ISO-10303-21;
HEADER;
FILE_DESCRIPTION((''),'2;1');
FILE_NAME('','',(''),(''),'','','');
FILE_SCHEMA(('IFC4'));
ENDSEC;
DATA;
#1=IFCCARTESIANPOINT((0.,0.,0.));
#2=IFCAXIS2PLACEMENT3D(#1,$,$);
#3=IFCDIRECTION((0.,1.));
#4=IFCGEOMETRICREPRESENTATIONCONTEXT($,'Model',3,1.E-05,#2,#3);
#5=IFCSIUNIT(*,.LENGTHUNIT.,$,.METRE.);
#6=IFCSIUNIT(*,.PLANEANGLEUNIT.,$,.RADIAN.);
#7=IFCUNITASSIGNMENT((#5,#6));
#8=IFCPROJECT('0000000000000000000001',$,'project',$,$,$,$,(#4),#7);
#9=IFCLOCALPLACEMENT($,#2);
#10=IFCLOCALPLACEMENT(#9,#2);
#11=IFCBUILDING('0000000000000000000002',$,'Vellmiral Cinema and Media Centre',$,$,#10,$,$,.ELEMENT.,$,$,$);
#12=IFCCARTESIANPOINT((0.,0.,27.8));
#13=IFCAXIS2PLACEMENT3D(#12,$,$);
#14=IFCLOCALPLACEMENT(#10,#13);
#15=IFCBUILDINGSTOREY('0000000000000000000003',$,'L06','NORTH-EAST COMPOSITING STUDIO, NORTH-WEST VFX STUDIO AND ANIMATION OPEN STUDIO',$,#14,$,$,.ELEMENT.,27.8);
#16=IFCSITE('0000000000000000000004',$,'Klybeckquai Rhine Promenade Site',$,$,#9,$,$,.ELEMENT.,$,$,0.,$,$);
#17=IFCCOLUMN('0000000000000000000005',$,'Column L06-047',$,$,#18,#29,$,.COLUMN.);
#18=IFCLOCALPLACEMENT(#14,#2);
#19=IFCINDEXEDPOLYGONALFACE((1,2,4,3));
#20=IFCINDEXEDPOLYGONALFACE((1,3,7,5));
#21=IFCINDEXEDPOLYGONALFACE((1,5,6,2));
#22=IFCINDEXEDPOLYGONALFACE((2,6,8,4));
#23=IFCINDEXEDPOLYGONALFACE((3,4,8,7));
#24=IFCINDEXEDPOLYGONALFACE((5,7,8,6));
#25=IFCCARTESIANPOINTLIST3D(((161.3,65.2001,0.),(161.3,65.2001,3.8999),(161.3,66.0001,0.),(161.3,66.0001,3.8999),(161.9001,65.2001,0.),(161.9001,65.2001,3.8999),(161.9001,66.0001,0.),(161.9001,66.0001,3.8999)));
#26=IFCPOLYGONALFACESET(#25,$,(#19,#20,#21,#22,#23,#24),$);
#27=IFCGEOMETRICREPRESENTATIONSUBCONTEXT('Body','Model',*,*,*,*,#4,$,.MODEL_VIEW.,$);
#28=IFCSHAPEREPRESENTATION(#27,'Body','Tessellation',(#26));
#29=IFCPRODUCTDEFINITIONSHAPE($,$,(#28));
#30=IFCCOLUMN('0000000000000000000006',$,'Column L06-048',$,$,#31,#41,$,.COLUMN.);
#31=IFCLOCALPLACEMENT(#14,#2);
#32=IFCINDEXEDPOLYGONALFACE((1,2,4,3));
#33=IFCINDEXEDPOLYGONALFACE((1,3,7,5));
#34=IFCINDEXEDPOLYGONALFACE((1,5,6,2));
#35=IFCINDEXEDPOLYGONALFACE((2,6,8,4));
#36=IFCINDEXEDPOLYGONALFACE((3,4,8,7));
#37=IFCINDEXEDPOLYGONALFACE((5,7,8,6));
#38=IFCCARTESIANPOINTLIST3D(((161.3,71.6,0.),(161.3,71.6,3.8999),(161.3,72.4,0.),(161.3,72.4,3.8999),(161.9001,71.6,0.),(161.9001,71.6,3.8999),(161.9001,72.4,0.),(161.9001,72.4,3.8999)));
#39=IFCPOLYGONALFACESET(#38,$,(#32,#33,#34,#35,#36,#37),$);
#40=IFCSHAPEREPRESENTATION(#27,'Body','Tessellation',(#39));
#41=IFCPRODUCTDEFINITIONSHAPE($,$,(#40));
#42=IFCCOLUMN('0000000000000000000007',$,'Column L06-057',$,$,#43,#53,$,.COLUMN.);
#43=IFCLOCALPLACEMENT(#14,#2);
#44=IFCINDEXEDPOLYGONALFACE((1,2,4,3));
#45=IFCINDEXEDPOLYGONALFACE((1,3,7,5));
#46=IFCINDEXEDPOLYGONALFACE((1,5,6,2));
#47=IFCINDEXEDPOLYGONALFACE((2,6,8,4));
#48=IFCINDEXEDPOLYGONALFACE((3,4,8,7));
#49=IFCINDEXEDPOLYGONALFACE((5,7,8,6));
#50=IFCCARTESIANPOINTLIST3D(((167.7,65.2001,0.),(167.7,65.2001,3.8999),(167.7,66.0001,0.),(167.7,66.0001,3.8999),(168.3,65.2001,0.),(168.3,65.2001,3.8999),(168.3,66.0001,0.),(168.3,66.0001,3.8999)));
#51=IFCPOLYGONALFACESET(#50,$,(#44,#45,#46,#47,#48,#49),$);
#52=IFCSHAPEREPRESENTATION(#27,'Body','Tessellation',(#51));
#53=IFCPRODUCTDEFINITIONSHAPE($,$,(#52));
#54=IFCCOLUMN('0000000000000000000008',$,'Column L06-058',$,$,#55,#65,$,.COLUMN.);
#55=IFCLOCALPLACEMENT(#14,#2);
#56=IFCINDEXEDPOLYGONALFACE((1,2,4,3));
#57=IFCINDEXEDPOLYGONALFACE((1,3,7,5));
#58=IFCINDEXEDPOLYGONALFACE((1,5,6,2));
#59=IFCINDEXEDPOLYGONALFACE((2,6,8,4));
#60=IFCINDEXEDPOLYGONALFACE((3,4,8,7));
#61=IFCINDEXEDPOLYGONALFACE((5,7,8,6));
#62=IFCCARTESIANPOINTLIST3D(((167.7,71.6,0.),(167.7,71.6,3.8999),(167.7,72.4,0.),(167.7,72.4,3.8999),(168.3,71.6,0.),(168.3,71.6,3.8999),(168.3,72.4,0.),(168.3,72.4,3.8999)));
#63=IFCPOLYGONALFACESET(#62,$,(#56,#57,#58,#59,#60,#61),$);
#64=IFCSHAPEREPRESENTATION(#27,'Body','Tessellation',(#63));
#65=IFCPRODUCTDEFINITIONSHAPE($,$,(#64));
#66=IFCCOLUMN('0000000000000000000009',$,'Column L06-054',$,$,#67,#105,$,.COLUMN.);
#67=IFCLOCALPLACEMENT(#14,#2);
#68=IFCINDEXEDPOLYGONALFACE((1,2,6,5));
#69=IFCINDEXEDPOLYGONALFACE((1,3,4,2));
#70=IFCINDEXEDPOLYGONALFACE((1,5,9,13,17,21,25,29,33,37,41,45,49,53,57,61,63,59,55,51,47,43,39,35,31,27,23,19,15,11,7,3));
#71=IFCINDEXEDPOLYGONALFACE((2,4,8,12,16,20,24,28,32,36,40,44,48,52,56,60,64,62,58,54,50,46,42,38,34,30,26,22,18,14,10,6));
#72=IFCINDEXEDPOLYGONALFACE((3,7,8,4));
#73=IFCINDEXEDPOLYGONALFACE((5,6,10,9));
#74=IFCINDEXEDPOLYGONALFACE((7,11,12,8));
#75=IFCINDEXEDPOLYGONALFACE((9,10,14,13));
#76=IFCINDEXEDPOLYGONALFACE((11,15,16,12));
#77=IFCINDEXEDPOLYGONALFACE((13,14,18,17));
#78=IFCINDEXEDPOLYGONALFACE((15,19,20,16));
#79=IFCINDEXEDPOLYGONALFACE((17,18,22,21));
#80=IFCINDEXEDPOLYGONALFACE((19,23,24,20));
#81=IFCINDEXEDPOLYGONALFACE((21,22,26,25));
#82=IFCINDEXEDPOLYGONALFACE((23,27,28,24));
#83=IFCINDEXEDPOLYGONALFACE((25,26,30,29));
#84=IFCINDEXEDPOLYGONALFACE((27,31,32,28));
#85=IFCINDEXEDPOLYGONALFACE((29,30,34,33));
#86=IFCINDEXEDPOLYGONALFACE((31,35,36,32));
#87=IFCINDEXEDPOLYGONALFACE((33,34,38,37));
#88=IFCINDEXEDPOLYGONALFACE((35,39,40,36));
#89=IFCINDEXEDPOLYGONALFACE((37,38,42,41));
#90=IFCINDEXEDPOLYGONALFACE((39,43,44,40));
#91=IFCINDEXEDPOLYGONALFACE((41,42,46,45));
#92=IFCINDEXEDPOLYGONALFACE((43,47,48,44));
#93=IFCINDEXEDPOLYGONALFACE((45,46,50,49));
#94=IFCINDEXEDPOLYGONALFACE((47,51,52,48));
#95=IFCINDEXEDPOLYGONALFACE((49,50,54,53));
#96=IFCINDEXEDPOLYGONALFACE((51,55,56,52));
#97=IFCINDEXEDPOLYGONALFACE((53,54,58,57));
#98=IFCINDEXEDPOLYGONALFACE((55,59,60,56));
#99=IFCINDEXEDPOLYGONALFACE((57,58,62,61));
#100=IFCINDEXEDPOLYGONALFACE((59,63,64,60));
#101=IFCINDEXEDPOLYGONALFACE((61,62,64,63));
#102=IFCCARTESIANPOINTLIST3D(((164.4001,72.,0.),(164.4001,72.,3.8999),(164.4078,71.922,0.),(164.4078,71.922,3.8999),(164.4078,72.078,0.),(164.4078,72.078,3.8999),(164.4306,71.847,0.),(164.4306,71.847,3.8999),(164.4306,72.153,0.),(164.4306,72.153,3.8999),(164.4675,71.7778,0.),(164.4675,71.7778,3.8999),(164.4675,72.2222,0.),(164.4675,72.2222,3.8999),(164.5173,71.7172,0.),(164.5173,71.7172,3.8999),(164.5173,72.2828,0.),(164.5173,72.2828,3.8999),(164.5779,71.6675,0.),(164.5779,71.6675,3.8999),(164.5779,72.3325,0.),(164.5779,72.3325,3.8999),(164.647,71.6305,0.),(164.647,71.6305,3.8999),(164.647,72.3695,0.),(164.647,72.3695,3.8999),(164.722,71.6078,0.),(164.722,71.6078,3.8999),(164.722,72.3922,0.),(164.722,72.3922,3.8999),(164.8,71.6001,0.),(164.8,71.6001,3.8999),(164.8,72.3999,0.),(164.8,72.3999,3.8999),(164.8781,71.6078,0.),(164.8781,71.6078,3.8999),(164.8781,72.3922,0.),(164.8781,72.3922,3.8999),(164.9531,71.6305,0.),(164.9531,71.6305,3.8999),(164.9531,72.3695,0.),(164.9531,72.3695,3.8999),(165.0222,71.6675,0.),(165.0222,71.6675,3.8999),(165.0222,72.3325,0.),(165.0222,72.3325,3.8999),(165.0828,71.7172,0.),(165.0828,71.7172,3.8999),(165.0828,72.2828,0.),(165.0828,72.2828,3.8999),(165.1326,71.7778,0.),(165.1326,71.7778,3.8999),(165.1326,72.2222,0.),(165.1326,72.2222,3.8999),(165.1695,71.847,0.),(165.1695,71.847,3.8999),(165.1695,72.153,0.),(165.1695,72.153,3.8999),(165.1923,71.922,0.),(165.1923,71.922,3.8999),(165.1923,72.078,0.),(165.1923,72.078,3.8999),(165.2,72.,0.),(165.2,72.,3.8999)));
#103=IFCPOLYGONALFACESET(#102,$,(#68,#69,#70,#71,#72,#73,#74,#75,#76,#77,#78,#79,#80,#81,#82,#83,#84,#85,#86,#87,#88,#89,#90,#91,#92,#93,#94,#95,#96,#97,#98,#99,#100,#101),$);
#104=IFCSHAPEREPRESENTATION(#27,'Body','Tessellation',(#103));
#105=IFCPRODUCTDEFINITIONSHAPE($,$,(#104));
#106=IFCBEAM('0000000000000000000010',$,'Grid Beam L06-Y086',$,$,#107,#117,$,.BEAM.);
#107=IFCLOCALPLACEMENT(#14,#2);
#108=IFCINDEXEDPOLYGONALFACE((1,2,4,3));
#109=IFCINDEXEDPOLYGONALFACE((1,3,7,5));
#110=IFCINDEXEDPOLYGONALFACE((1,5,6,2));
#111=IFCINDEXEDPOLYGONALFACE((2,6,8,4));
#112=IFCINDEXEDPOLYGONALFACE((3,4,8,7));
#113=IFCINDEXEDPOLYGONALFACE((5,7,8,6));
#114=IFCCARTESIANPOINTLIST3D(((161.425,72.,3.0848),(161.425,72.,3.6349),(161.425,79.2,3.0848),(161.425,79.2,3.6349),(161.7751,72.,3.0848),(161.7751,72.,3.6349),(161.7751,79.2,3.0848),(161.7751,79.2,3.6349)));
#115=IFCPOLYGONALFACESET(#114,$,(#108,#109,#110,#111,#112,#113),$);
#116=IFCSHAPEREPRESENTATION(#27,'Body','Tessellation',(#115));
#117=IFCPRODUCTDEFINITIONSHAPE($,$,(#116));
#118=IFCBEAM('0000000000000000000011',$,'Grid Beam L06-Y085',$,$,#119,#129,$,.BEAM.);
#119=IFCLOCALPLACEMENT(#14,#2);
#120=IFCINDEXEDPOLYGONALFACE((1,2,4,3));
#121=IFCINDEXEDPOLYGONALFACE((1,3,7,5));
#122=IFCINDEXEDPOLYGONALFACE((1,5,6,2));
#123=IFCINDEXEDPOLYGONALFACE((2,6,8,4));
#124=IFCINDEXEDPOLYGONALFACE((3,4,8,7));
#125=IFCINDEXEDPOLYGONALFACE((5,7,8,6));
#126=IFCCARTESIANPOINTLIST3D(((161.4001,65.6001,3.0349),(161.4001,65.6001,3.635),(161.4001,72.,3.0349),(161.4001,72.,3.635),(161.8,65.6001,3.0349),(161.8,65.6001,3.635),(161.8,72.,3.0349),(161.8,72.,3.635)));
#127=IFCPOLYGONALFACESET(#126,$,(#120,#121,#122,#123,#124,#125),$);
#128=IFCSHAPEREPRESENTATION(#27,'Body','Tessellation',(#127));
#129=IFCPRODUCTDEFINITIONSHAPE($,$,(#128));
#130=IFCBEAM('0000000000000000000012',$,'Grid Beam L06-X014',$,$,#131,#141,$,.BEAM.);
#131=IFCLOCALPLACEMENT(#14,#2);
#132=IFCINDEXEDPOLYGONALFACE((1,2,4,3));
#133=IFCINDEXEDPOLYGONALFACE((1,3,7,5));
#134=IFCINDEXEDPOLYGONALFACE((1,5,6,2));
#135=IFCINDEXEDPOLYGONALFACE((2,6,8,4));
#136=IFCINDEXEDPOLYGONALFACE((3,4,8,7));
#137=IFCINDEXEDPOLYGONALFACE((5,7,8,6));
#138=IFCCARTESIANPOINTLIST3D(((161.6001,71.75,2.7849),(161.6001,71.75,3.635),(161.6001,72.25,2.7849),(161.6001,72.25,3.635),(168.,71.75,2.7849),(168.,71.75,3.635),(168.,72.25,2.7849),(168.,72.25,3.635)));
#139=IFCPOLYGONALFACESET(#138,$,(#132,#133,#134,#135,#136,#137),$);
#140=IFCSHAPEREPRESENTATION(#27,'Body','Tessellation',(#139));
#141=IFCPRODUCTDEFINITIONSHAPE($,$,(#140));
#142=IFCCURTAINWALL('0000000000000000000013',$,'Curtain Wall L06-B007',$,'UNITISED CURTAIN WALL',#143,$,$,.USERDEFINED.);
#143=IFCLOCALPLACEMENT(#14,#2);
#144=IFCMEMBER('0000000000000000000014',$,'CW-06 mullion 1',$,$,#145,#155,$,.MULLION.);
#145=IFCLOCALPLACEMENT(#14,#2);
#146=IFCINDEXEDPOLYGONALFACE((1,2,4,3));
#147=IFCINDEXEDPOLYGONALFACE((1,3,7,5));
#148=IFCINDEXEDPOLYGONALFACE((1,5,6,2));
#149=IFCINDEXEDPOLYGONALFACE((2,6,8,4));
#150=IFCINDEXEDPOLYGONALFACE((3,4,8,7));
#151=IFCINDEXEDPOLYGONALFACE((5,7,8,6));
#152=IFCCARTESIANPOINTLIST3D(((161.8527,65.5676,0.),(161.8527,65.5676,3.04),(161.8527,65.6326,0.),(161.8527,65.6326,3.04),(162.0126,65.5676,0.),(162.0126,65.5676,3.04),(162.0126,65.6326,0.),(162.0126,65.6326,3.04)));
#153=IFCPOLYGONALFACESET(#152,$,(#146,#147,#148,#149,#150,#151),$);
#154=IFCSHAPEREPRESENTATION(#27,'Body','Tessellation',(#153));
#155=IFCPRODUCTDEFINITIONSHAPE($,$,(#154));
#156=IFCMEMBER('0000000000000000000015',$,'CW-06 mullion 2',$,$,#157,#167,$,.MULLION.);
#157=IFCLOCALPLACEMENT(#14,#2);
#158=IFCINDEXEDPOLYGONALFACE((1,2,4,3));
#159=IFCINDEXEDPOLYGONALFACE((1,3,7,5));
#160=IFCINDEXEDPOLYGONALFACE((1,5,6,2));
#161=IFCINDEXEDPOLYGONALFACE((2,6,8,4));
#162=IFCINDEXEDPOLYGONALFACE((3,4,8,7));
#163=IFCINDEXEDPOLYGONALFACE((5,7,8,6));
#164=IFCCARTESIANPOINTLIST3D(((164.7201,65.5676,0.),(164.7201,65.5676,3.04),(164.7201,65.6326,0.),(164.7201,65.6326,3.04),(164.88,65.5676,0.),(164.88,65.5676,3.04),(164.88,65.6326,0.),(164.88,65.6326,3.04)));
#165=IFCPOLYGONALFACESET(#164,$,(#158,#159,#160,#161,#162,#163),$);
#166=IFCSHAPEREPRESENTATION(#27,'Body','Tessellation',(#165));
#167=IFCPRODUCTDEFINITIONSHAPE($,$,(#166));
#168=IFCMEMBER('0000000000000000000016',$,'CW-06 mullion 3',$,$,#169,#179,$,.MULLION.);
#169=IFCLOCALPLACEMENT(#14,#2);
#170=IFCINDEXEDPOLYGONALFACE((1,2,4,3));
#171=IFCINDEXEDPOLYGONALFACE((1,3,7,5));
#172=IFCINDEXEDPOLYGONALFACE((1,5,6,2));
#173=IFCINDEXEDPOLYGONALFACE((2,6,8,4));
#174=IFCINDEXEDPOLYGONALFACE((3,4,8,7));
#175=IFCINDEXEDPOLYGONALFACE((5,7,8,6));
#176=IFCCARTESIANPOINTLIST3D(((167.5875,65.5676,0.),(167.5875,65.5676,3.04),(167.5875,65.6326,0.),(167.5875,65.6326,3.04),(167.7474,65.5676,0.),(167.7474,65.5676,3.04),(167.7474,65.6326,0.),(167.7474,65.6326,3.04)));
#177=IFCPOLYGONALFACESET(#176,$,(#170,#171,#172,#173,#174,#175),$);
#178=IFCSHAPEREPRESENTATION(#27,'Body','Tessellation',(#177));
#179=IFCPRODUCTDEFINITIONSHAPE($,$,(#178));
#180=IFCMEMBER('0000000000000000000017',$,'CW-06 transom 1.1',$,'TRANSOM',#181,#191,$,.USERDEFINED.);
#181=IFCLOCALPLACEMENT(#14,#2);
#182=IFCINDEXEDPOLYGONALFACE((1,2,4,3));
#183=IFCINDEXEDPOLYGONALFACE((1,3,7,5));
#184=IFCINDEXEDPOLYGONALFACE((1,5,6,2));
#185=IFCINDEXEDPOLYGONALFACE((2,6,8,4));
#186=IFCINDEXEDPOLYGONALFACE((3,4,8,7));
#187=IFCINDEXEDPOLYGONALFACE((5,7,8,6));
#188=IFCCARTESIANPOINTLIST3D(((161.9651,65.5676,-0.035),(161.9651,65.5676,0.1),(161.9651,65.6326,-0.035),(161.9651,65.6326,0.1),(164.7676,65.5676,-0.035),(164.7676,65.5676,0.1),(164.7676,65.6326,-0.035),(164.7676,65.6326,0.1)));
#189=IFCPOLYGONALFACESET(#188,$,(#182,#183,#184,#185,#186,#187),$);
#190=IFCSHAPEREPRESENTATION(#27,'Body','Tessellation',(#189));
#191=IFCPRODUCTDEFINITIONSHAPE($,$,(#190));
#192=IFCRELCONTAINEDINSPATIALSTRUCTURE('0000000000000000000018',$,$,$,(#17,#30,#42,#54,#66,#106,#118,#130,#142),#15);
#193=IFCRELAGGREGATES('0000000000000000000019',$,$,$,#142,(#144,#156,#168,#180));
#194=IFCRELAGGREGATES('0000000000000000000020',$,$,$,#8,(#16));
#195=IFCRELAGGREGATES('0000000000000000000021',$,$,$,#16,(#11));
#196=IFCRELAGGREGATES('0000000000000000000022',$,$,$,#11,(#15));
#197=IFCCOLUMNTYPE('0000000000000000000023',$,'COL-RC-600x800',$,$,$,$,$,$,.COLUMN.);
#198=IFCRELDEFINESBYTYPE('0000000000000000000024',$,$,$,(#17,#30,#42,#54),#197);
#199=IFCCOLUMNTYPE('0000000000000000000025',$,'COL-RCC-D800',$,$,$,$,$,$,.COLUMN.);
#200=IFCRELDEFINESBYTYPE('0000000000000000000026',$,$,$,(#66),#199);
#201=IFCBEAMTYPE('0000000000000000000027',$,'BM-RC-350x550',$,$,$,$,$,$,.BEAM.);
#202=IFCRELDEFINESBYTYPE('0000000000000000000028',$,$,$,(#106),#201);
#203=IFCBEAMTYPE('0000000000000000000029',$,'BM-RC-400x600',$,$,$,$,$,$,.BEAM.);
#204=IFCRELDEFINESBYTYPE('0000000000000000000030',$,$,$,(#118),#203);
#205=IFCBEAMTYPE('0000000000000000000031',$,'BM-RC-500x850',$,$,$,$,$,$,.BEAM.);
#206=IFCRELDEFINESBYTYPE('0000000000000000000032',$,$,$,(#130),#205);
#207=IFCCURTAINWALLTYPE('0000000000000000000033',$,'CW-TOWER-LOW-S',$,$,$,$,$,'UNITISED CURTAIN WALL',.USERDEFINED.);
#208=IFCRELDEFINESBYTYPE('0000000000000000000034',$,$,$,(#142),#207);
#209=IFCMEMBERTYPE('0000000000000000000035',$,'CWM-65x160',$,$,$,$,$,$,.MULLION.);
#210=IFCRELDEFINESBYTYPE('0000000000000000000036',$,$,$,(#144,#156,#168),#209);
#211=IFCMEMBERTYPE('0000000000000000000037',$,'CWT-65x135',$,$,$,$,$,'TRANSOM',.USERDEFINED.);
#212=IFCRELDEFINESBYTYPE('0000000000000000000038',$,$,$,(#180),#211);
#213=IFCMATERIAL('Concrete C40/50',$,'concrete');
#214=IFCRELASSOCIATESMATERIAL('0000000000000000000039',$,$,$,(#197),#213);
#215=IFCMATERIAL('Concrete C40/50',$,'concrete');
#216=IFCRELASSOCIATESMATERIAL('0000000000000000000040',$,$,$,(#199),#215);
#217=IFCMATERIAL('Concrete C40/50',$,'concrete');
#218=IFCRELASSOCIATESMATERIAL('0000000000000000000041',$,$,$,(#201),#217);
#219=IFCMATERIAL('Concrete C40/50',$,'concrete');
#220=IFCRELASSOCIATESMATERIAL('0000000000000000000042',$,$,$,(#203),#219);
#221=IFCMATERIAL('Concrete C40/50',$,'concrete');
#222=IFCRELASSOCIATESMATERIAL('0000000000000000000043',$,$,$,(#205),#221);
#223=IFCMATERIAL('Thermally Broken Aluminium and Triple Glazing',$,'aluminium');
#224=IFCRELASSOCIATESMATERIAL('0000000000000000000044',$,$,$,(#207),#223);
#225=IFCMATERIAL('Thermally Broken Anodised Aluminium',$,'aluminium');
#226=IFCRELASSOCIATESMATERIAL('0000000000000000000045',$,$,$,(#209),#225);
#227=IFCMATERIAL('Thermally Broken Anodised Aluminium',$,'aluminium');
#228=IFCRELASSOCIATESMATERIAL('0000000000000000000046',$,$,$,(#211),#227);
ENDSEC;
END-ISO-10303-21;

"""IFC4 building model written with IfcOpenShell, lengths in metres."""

from ifc_helpers import new_model, si_unit, direction, frame, origin, origin_2d, place, context, subcontext, project, spatial, rectangle, circle, extrude, material, material_profile, profile_set, type_object, element, aggregate, save


model = new_model("IFC4")

# Units and contexts
model_context = context("Model", 3, precision=1e-05, world=origin(), true_north=direction((0.0, 1.0)))
body_context = subcontext(model_context, "Body", "Model", "MODEL_VIEW")
ifc_project = project(units=[si_unit("LENGTHUNIT", "METRE"), si_unit("PLANEANGLEUNIT", "RADIAN")], contexts=[model_context])

# Site, building, storey
site_placement = place(None, origin())
site = spatial("IfcSite", under=ifc_project, at=site_placement, Name="Klybeckquai Rhine Promenade Site", CompositionType="ELEMENT", RefElevation=0.0)
building_placement = place(site_placement, origin())
building = spatial("IfcBuilding", under=site, at=building_placement, Name="Vellmiral Cinema and Media Centre", CompositionType="ELEMENT")
storey_placement = place(building_placement, frame((0.0, 0.0, 27.8)))
storey = spatial("IfcBuildingStorey", under=building, at=storey_placement, Name="L06", Description="NORTH-EAST COMPOSITING STUDIO, NORTH-WEST VFX STUDIO AND ANIMATION OPEN STUDIO", CompositionType="ELEMENT", Elevation=27.8)

# Columns
ifc_material_1 = material(Name="Concrete C40/50", Category="concrete")
ifc_material_profile_1 = material_profile(ifc_material_1, rectangle(XDim=0.6001, YDim=0.8, at=origin_2d()), Name="RC 600x800")
ifc_profile_set_1 = profile_set([ifc_material_profile_1], Name="Concrete C40/50")
column_type_1 = type_object("IfcColumnType", Name="COL-RC-600x800", PredefinedType="COLUMN", material=ifc_profile_set_1)
for number, where, z_axis, x_axis, name in (
    (1, (161.6001, 65.6001, 0.0), (0.0, 0.0, 1.0), (1.0, 0.0, 0.0), "Column L06-047"),
    (2, (161.6001, 72.0, 0.0), (0.0, 0.0, 1.0), (1.0, 0.0, 0.0), "Column L06-048"),
    (3, (168.0, 65.6001, 0.0), (0.0, 0.0, 1.0), (1.0, 0.0, 0.0), "Column L06-057"),
    (4, (168.0, 72.0, 0.0), (0.0, 0.0, 1.0), (1.0, 0.0, 0.0), "Column L06-058"),
):
    element("IfcColumn", number, at=place(storey_placement, frame(where, z_axis=z_axis, x_axis=x_axis)), inside=storey, type_object=column_type_1, Name=name, PredefinedType="COLUMN", context=body_context, shape_type="SweptSolid", body=[
        extrude(rectangle(XDim=0.6001, YDim=0.8, at=origin_2d()), origin(), (0.0, 0.0, 1.0), 3.8999),
    ])
ifc_material_2 = material(Name="Concrete C40/50", Category="concrete")
ifc_material_profile_2 = material_profile(ifc_material_2, circle(Radius=0.3999, at=origin_2d()), Name="RC D800")
ifc_profile_set_2 = profile_set([ifc_material_profile_2], Name="Concrete C40/50")
column_type_2 = type_object("IfcColumnType", Name="COL-RCC-D800", PredefinedType="COLUMN", material=ifc_profile_set_2)
column_placement = place(storey_placement, frame((164.8, 72.0, 0.0), z_axis=(0.0, 0.0, 1.0), x_axis=(1.0, 0.0, 0.0)))
element("IfcColumn", 5, at=column_placement, inside=storey, type_object=column_type_2, Name="Column L06-054", PredefinedType="COLUMN", context=body_context, shape_type="SweptSolid", body=[
    extrude(circle(Radius=0.3999, at=origin_2d()), origin(), (0.0, 0.0, 1.0), 3.8999),
])

# Beams
ifc_material_3 = material(Name="Concrete C40/50", Category="concrete")
ifc_material_profile_3 = material_profile(ifc_material_3, rectangle(XDim=0.3501, YDim=0.55, at=origin_2d()), Name="RC 350x550")
ifc_profile_set_3 = profile_set([ifc_material_profile_3], Name="Concrete C40/50")
beam_type_1 = type_object("IfcBeamType", Name="BM-RC-350x550", PredefinedType="BEAM", material=ifc_profile_set_3)
beam_1_placement = place(storey_placement, frame((161.6001, 72.0, 3.3599), z_axis=(0.0, 1.0, 0.0), x_axis=(-1.0, 0.0, 0.0)))
element("IfcBeam", 6, at=beam_1_placement, inside=storey, type_object=beam_type_1, Name="Grid Beam L06-Y086", PredefinedType="BEAM", context=body_context, shape_type="SweptSolid", body=[
    extrude(rectangle(XDim=0.3501, YDim=0.55, at=origin_2d()), origin(), (0.0, 0.0, 1.0), 7.2),
])
ifc_material_4 = material(Name="Concrete C40/50", Category="concrete")
ifc_material_profile_4 = material_profile(ifc_material_4, rectangle(XDim=0.3999, YDim=0.6001, at=origin_2d()), Name="RC 400x600")
ifc_profile_set_4 = profile_set([ifc_material_profile_4], Name="Concrete C40/50")
beam_type_2 = type_object("IfcBeamType", Name="BM-RC-400x600", PredefinedType="BEAM", material=ifc_profile_set_4)
beam_2_placement = place(storey_placement, frame((161.6001, 65.6001, 3.335), z_axis=(0.0, 1.0, 0.0), x_axis=(-1.0, 0.0, 0.0)))
element("IfcBeam", 7, at=beam_2_placement, inside=storey, type_object=beam_type_2, Name="Grid Beam L06-Y085", PredefinedType="BEAM", context=body_context, shape_type="SweptSolid", body=[
    extrude(rectangle(XDim=0.3999, YDim=0.6001, at=origin_2d()), origin(), (0.0, 0.0, 1.0), 6.3999),
])
ifc_material_5 = material(Name="Concrete C40/50", Category="concrete")
ifc_material_profile_5 = material_profile(ifc_material_5, rectangle(XDim=0.5, YDim=0.8501, at=origin_2d()), Name="RC 500x850")
ifc_profile_set_5 = profile_set([ifc_material_profile_5], Name="Concrete C40/50")
beam_type_3 = type_object("IfcBeamType", Name="BM-RC-500x850", PredefinedType="BEAM", material=ifc_profile_set_5)
beam_3_placement = place(storey_placement, frame((161.6001, 72.0, 3.21), z_axis=(1.0, 0.0, 0.0), x_axis=(0.0, 1.0, 0.0)))
element("IfcBeam", 8, at=beam_3_placement, inside=storey, type_object=beam_type_3, Name="Grid Beam L06-X014", PredefinedType="BEAM", context=body_context, shape_type="SweptSolid", body=[
    extrude(rectangle(XDim=0.5, YDim=0.8501, at=origin_2d()), origin(), (0.0, 0.0, 1.0), 6.3999),
])

# Curtain wall, members
ifc_material_6 = material(Name="Thermally Broken Aluminium and Triple Glazing", Category="aluminium")
curtain_wall_type = type_object("IfcCurtainWallType", Name="CW-TOWER-LOW-S", ElementType="UNITISED CURTAIN WALL", PredefinedType="USERDEFINED", material=ifc_material_6)
curtain_wall_placement = place(storey_placement, origin())
curtain_wall = element("IfcCurtainWall", 9, at=curtain_wall_placement, inside=storey, type_object=curtain_wall_type, Name="Curtain Wall L06-B007", ObjectType="UNITISED CURTAIN WALL", PredefinedType="USERDEFINED")
ifc_material_7 = material(Name="Thermally Broken Anodised Aluminium", Category="aluminium")
ifc_material_profile_6 = material_profile(ifc_material_7, rectangle(XDim=0.0649, YDim=0.1599, at=origin_2d()), Name="MULL 65x160")
ifc_profile_set_6 = profile_set([ifc_material_profile_6], Name="Thermally Broken Anodised Aluminium")
member_type_1 = type_object("IfcMemberType", Name="CWM-65x160", PredefinedType="MULLION", material=ifc_profile_set_6)
member_1_placement = place(storey_placement, frame((161.9326, 65.6001, 0.0), z_axis=(0.0, 0.0, 1.0), x_axis=(0.0, 1.0, 0.0)))
member_1 = element("IfcMember", 10, at=member_1_placement, type_object=member_type_1, Name="CW-06 mullion 1", PredefinedType="MULLION", context=body_context, shape_type="SweptSolid", body=[
    extrude(rectangle(XDim=0.0649, YDim=0.1599, at=origin_2d()), origin(), (0.0, 0.0, 1.0), 3.04),
])
member_2_placement = place(storey_placement, frame((164.8, 65.6001, 0.0), z_axis=(0.0, 0.0, 1.0), x_axis=(0.0, 1.0, 0.0)))
member_2 = element("IfcMember", 11, at=member_2_placement, type_object=member_type_1, Name="CW-06 mullion 2", PredefinedType="MULLION", context=body_context, shape_type="SweptSolid", body=[
    extrude(rectangle(XDim=0.0649, YDim=0.1599, at=origin_2d()), origin(), (0.0, 0.0, 1.0), 3.04),
])
member_3_placement = place(storey_placement, frame((167.6675, 65.6001, 0.0), z_axis=(0.0, 0.0, 1.0), x_axis=(0.0, 1.0, 0.0)))
member_3 = element("IfcMember", 12, at=member_3_placement, type_object=member_type_1, Name="CW-06 mullion 3", PredefinedType="MULLION", context=body_context, shape_type="SweptSolid", body=[
    extrude(rectangle(XDim=0.0649, YDim=0.1599, at=origin_2d()), origin(), (0.0, 0.0, 1.0), 3.04),
])
ifc_material_8 = material(Name="Thermally Broken Anodised Aluminium", Category="aluminium")
ifc_material_profile_7 = material_profile(ifc_material_8, rectangle(XDim=0.0649, YDim=0.135, at=origin_2d()), Name="MULL 65x135")
ifc_profile_set_7 = profile_set([ifc_material_profile_7], Name="Thermally Broken Anodised Aluminium")
member_type_2 = type_object("IfcMemberType", Name="CWT-65x135", ElementType="TRANSOM", PredefinedType="USERDEFINED", material=ifc_profile_set_7)
member_4_placement = place(storey_placement, frame((161.9651, 65.6001, 0.0325), z_axis=(1.0, 0.0, 0.0), x_axis=(0.0, 1.0, 0.0)))
member_4 = element("IfcMember", 13, at=member_4_placement, type_object=member_type_2, Name="CW-06 transom 1.1", ObjectType="TRANSOM", PredefinedType="USERDEFINED", context=body_context, shape_type="SweptSolid", body=[
    extrude(rectangle(XDim=0.0649, YDim=0.135, at=origin_2d()), origin(), (0.0, 0.0, 1.0), 2.8025),
])

aggregate(curtain_wall, [member_1, member_2, member_3, member_4])

save(model, "model.ifc")
